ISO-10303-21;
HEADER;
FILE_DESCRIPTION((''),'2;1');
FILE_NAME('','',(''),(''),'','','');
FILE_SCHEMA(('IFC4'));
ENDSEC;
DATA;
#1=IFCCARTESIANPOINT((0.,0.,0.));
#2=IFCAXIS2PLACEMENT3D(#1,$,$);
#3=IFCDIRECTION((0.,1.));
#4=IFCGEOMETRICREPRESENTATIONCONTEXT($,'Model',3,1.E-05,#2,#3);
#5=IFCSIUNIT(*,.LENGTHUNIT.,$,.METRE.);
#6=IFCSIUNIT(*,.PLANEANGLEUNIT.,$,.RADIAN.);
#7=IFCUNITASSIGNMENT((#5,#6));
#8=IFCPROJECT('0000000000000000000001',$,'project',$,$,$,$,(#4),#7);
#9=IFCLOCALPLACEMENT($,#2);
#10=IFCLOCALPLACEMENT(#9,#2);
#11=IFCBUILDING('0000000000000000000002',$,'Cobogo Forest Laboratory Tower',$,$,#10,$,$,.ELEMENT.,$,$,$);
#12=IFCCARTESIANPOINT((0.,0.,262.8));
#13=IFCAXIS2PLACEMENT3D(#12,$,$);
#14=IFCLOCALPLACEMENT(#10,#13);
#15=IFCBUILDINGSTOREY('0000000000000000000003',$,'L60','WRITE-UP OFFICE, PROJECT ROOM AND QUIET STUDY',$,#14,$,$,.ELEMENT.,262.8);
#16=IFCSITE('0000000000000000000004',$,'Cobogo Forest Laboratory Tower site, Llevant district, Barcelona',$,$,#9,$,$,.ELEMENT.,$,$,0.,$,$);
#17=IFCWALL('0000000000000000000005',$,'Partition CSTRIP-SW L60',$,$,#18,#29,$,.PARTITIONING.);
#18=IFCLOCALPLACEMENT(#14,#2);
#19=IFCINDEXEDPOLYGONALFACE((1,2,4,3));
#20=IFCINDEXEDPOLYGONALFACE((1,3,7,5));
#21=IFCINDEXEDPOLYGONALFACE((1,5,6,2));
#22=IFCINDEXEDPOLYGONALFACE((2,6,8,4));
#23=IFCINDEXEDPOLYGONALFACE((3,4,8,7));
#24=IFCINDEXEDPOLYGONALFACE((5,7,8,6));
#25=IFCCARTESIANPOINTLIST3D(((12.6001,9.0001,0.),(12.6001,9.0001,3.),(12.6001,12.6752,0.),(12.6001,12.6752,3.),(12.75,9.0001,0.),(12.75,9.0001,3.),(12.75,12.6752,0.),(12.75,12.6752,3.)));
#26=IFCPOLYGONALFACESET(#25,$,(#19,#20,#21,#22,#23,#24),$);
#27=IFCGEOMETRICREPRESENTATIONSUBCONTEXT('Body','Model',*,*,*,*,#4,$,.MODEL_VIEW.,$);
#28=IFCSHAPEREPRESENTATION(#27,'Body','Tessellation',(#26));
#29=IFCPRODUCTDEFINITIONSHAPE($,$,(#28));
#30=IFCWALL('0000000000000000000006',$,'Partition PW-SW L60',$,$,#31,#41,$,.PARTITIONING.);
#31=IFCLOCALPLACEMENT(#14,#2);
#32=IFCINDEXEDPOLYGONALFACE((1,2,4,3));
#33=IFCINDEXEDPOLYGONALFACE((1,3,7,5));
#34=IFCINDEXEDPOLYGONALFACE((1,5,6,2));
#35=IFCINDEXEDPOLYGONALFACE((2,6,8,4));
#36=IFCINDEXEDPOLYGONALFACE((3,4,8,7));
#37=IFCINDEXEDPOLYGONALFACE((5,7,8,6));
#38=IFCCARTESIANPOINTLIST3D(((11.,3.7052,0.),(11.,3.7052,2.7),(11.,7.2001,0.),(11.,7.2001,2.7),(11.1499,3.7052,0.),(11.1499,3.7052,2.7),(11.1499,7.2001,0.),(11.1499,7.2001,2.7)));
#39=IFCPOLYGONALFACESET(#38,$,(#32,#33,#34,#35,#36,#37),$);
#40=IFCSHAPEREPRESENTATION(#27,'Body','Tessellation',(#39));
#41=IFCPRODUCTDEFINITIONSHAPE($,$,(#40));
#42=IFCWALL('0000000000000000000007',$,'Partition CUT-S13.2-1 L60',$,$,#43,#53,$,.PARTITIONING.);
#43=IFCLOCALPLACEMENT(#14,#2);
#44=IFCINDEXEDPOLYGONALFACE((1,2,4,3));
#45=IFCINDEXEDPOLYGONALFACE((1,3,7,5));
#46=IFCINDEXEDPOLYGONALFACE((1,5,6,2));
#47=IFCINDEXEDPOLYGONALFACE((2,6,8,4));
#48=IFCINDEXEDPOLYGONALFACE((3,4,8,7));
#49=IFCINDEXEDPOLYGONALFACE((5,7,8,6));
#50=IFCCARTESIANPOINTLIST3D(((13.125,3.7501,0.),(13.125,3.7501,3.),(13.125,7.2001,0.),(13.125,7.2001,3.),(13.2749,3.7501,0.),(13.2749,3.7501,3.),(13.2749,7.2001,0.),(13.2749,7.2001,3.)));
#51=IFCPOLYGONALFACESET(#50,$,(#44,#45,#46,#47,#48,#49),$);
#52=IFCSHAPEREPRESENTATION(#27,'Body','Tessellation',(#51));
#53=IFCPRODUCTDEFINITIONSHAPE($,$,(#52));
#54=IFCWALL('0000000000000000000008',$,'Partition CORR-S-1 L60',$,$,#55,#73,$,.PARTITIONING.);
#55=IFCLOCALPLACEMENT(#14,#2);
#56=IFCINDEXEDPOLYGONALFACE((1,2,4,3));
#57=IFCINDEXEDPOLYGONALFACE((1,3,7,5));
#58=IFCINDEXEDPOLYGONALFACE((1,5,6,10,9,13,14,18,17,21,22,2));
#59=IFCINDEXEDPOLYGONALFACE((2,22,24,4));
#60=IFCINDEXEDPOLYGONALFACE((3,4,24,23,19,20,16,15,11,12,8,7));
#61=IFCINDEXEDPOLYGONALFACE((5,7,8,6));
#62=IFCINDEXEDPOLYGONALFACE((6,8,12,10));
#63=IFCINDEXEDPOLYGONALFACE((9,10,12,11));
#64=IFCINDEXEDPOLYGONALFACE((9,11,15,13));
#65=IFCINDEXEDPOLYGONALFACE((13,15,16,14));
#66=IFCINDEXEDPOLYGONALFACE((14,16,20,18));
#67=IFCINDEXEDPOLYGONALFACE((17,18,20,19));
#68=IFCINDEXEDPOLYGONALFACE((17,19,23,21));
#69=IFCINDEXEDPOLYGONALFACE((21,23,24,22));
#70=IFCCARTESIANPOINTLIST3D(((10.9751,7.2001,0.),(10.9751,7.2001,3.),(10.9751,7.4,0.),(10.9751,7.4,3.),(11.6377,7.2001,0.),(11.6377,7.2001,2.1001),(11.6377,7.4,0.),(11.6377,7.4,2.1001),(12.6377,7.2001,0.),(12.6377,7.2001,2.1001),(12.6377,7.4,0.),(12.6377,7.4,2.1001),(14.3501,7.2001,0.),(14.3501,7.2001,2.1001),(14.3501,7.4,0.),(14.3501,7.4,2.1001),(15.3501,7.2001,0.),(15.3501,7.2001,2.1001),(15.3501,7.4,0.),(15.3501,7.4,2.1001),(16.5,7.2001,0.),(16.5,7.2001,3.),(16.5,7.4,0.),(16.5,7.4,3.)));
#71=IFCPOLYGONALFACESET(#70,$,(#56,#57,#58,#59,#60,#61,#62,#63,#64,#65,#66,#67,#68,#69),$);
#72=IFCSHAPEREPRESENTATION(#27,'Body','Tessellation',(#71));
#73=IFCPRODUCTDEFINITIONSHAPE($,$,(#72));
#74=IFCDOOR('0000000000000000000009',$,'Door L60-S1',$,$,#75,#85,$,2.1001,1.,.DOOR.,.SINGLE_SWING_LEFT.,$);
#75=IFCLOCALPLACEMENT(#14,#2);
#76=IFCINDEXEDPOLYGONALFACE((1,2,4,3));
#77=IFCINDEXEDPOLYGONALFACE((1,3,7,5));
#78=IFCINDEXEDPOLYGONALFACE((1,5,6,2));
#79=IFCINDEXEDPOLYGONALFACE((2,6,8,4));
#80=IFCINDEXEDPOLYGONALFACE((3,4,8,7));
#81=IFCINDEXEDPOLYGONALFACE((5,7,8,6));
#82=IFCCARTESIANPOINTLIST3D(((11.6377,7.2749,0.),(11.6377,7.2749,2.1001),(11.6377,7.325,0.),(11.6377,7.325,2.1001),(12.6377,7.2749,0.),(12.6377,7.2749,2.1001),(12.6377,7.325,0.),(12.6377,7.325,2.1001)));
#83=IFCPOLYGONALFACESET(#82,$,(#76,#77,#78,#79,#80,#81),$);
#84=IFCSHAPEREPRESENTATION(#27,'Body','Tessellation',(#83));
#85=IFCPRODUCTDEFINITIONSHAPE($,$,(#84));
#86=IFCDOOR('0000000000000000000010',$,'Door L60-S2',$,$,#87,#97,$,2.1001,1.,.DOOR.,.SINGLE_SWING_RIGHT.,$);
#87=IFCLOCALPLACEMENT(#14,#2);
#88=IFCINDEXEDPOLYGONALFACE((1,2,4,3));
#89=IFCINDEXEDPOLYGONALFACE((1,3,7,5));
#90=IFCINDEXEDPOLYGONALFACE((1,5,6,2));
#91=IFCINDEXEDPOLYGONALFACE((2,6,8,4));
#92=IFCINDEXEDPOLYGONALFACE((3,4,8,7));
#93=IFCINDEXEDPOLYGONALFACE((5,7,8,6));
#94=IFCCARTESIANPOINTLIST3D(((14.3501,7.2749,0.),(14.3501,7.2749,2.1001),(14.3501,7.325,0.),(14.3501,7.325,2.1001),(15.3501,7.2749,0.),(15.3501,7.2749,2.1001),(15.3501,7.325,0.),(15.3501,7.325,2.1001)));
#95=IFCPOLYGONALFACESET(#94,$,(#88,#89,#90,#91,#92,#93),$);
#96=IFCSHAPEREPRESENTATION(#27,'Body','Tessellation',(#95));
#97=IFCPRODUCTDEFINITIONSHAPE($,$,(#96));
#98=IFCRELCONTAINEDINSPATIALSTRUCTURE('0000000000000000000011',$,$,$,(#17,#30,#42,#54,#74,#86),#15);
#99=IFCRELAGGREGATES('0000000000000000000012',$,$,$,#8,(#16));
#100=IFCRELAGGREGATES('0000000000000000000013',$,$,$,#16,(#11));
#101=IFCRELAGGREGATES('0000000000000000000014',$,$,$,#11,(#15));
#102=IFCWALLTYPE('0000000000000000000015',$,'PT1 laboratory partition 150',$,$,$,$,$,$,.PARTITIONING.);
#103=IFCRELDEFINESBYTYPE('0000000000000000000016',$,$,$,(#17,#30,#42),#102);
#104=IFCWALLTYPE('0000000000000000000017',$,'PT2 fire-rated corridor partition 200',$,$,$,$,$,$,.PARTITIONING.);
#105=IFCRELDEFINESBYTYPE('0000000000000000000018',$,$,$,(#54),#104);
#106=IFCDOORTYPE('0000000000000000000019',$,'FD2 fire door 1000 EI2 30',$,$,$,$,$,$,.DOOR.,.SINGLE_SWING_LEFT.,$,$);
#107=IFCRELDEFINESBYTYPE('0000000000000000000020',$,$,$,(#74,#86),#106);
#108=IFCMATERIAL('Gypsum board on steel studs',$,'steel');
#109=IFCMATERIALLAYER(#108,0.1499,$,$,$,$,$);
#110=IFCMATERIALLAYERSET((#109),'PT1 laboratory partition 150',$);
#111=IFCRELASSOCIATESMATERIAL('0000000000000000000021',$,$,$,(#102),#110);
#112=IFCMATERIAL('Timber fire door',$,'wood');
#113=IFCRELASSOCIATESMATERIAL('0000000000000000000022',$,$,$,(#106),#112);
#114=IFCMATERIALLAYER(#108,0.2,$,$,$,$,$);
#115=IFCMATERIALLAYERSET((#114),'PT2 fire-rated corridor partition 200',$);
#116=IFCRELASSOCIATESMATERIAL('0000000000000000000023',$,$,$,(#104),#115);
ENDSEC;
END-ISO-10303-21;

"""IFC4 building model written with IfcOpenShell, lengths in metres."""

from ifc_helpers import new_model, si_unit, direction, frame, frame_2d, origin, place, context, subcontext, project, spatial, rectangle, extrude, material, layer, layer_set, type_object, element, fill, save


model = new_model("IFC4")

# Units and contexts
model_context = context("Model", 3, precision=1e-05, world=origin(), true_north=direction((0.0, 1.0)))
body_context = subcontext(model_context, "Body", "Model", "MODEL_VIEW")
ifc_project = project(units=[si_unit("LENGTHUNIT", "METRE"), si_unit("PLANEANGLEUNIT", "RADIAN")], contexts=[model_context])

# Site, building, storey
site_placement = place(None, origin())
site = spatial("IfcSite", under=ifc_project, at=site_placement, Name="Cobogo Forest Laboratory Tower site, Llevant district, Barcelona", CompositionType="ELEMENT", RefElevation=0.0)
building_placement = place(site_placement, origin())
building = spatial("IfcBuilding", under=site, at=building_placement, Name="Cobogo Forest Laboratory Tower", CompositionType="ELEMENT")
storey_placement = place(building_placement, frame((0.0, 0.0, 262.8)))
storey = spatial("IfcBuildingStorey", under=building, at=storey_placement, Name="L60", Description="WRITE-UP OFFICE, PROJECT ROOM AND QUIET STUDY", CompositionType="ELEMENT", Elevation=262.8)

# Shared definitions
ifc_material_1 = material(Name="Gypsum board on steel studs", Category="steel")
ifc_layer_1 = layer(ifc_material_1, 0.1499)
ifc_layer_set_1 = layer_set([ifc_layer_1], Name="PT1 laboratory partition 150")
wall_type_1 = type_object("IfcWallType", Name="PT1 laboratory partition 150", PredefinedType="PARTITIONING", material=ifc_layer_set_1)
ifc_material_2 = material(Name="Timber fire door", Category="wood")
door_type_1 = type_object("IfcDoorType", Name="FD2 fire door 1000 EI2 30", OperationType="SINGLE_SWING_LEFT", PredefinedType="DOOR", material=ifc_material_2)

# Walls
wall_1_placement = place(storey_placement, frame((12.675, 12.675, 0.0), z_axis=(0.0, 0.0, 1.0), x_axis=(0.0, -1.0, 0.0)))
element("IfcWall", 1, at=wall_1_placement, inside=storey, type_object=wall_type_1, Name="Partition CSTRIP-SW L60", PredefinedType="PARTITIONING", context=body_context, shape_type="SweptSolid", body=[
    extrude(rectangle(XDim=3.675, YDim=0.1499, at=frame_2d((1.8374, 0.0))), origin(), (0.0, 0.0, 1.0), 3.0),
])
wall_2_placement = place(storey_placement, frame((11.075, 3.7051, 0.0), z_axis=(0.0, 0.0, 1.0), x_axis=(0.0, 1.0, 0.0)))
element("IfcWall", 2, at=wall_2_placement, inside=storey, type_object=wall_type_1, Name="Partition PW-SW L60", PredefinedType="PARTITIONING", context=body_context, shape_type="SweptSolid", body=[
    extrude(rectangle(XDim=3.4949, YDim=0.1499, at=frame_2d((1.7476, 0.0))), origin(), (0.0, 0.0, 1.0), 2.7),
])
wall_3_placement = place(storey_placement, frame((13.2, 3.75, 0.0), z_axis=(0.0, 0.0, 1.0), x_axis=(0.0, 1.0, 0.0)))
element("IfcWall", 3, at=wall_3_placement, inside=storey, type_object=wall_type_1, Name="Partition CUT-S13.2-1 L60", PredefinedType="PARTITIONING", context=body_context, shape_type="SweptSolid", body=[
    extrude(rectangle(XDim=3.45, YDim=0.1499, at=frame_2d((1.7251, 0.0))), origin(), (0.0, 0.0, 1.0), 3.0),
])

# Wall, openings, doors
ifc_layer_2 = layer(ifc_material_1, 0.2)
ifc_layer_set_2 = layer_set([ifc_layer_2], Name="PT2 fire-rated corridor partition 200")
wall_type_2 = type_object("IfcWallType", Name="PT2 fire-rated corridor partition 200", PredefinedType="PARTITIONING", material=ifc_layer_set_2)
wall_4_placement = place(storey_placement, frame((10.9751, 7.3, 0.0), z_axis=(0.0, 0.0, 1.0), x_axis=(1.0, 0.0, 0.0)))
wall_4 = element("IfcWall", 4, at=wall_4_placement, inside=storey, type_object=wall_type_2, Name="Partition CORR-S-1 L60", PredefinedType="PARTITIONING", context=body_context, shape_type="SweptSolid", body=[
    extrude(rectangle(XDim=5.5249, YDim=0.2, at=frame_2d((2.7625, 0.0))), origin(), (0.0, 0.0, 1.0), 3.0),
])
opening_1_placement = place(wall_4_placement, frame((0.6626, 0.0, 0.0)))
opening_1 = element("IfcOpeningElement", 5, at=opening_1_placement, cuts=wall_4, PredefinedType="OPENING", context=body_context, shape_type="SweptSolid", body=[
    extrude(rectangle(XDim=1.0, YDim=2.1001, at=frame_2d((0.5, 1.05))), frame((0.0, 0.1099, 0.0), z_axis=(0.0, -1.0, 0.0), x_axis=(1.0, 0.0, 0.0)), (0.0, 0.0, 1.0), 0.22),
])
opening_2_placement = place(wall_4_placement, frame((3.375, 0.0, 0.0)))
opening_2 = element("IfcOpeningElement", 6, at=opening_2_placement, cuts=wall_4, PredefinedType="OPENING", context=body_context, shape_type="SweptSolid", body=[
    extrude(rectangle(XDim=1.0, YDim=2.1001, at=frame_2d((0.5, 1.05))), frame((0.0, 0.1099, 0.0), z_axis=(0.0, -1.0, 0.0), x_axis=(1.0, 0.0, 0.0)), (0.0, 0.0, 1.0), 0.22),
])
door_1_placement = place(opening_1_placement, origin())
door_1 = element("IfcDoor", 7, at=door_1_placement, inside=storey, type_object=door_type_1, Name="Door L60-S1", OperationType="SINGLE_SWING_LEFT", OverallHeight=2.1001, OverallWidth=1.0, PredefinedType="DOOR", context=body_context, shape_type="SweptSolid", body=[
    extrude(rectangle(XDim=1.0, YDim=2.1001, at=frame_2d((0.5, 1.05))), frame((0.0, 0.0249, 0.0), z_axis=(0.0, -1.0, 0.0), x_axis=(1.0, 0.0, 0.0)), (0.0, 0.0, 1.0), 0.05),
])
fill(opening_1, door_1)
door_2_placement = place(opening_2_placement, origin())
door_2 = element("IfcDoor", 8, at=door_2_placement, inside=storey, type_object=door_type_1, Name="Door L60-S2", OperationType="SINGLE_SWING_RIGHT", OverallHeight=2.1001, OverallWidth=1.0, PredefinedType="DOOR", context=body_context, shape_type="SweptSolid", body=[
    extrude(rectangle(XDim=1.0, YDim=2.1001, at=frame_2d((0.5, 1.05))), frame((0.0, 0.0249, 0.0), z_axis=(0.0, -1.0, 0.0), x_axis=(1.0, 0.0, 0.0)), (0.0, 0.0, 1.0), 0.05),
])
fill(opening_2, door_2)

save(model, "model.ifc")
